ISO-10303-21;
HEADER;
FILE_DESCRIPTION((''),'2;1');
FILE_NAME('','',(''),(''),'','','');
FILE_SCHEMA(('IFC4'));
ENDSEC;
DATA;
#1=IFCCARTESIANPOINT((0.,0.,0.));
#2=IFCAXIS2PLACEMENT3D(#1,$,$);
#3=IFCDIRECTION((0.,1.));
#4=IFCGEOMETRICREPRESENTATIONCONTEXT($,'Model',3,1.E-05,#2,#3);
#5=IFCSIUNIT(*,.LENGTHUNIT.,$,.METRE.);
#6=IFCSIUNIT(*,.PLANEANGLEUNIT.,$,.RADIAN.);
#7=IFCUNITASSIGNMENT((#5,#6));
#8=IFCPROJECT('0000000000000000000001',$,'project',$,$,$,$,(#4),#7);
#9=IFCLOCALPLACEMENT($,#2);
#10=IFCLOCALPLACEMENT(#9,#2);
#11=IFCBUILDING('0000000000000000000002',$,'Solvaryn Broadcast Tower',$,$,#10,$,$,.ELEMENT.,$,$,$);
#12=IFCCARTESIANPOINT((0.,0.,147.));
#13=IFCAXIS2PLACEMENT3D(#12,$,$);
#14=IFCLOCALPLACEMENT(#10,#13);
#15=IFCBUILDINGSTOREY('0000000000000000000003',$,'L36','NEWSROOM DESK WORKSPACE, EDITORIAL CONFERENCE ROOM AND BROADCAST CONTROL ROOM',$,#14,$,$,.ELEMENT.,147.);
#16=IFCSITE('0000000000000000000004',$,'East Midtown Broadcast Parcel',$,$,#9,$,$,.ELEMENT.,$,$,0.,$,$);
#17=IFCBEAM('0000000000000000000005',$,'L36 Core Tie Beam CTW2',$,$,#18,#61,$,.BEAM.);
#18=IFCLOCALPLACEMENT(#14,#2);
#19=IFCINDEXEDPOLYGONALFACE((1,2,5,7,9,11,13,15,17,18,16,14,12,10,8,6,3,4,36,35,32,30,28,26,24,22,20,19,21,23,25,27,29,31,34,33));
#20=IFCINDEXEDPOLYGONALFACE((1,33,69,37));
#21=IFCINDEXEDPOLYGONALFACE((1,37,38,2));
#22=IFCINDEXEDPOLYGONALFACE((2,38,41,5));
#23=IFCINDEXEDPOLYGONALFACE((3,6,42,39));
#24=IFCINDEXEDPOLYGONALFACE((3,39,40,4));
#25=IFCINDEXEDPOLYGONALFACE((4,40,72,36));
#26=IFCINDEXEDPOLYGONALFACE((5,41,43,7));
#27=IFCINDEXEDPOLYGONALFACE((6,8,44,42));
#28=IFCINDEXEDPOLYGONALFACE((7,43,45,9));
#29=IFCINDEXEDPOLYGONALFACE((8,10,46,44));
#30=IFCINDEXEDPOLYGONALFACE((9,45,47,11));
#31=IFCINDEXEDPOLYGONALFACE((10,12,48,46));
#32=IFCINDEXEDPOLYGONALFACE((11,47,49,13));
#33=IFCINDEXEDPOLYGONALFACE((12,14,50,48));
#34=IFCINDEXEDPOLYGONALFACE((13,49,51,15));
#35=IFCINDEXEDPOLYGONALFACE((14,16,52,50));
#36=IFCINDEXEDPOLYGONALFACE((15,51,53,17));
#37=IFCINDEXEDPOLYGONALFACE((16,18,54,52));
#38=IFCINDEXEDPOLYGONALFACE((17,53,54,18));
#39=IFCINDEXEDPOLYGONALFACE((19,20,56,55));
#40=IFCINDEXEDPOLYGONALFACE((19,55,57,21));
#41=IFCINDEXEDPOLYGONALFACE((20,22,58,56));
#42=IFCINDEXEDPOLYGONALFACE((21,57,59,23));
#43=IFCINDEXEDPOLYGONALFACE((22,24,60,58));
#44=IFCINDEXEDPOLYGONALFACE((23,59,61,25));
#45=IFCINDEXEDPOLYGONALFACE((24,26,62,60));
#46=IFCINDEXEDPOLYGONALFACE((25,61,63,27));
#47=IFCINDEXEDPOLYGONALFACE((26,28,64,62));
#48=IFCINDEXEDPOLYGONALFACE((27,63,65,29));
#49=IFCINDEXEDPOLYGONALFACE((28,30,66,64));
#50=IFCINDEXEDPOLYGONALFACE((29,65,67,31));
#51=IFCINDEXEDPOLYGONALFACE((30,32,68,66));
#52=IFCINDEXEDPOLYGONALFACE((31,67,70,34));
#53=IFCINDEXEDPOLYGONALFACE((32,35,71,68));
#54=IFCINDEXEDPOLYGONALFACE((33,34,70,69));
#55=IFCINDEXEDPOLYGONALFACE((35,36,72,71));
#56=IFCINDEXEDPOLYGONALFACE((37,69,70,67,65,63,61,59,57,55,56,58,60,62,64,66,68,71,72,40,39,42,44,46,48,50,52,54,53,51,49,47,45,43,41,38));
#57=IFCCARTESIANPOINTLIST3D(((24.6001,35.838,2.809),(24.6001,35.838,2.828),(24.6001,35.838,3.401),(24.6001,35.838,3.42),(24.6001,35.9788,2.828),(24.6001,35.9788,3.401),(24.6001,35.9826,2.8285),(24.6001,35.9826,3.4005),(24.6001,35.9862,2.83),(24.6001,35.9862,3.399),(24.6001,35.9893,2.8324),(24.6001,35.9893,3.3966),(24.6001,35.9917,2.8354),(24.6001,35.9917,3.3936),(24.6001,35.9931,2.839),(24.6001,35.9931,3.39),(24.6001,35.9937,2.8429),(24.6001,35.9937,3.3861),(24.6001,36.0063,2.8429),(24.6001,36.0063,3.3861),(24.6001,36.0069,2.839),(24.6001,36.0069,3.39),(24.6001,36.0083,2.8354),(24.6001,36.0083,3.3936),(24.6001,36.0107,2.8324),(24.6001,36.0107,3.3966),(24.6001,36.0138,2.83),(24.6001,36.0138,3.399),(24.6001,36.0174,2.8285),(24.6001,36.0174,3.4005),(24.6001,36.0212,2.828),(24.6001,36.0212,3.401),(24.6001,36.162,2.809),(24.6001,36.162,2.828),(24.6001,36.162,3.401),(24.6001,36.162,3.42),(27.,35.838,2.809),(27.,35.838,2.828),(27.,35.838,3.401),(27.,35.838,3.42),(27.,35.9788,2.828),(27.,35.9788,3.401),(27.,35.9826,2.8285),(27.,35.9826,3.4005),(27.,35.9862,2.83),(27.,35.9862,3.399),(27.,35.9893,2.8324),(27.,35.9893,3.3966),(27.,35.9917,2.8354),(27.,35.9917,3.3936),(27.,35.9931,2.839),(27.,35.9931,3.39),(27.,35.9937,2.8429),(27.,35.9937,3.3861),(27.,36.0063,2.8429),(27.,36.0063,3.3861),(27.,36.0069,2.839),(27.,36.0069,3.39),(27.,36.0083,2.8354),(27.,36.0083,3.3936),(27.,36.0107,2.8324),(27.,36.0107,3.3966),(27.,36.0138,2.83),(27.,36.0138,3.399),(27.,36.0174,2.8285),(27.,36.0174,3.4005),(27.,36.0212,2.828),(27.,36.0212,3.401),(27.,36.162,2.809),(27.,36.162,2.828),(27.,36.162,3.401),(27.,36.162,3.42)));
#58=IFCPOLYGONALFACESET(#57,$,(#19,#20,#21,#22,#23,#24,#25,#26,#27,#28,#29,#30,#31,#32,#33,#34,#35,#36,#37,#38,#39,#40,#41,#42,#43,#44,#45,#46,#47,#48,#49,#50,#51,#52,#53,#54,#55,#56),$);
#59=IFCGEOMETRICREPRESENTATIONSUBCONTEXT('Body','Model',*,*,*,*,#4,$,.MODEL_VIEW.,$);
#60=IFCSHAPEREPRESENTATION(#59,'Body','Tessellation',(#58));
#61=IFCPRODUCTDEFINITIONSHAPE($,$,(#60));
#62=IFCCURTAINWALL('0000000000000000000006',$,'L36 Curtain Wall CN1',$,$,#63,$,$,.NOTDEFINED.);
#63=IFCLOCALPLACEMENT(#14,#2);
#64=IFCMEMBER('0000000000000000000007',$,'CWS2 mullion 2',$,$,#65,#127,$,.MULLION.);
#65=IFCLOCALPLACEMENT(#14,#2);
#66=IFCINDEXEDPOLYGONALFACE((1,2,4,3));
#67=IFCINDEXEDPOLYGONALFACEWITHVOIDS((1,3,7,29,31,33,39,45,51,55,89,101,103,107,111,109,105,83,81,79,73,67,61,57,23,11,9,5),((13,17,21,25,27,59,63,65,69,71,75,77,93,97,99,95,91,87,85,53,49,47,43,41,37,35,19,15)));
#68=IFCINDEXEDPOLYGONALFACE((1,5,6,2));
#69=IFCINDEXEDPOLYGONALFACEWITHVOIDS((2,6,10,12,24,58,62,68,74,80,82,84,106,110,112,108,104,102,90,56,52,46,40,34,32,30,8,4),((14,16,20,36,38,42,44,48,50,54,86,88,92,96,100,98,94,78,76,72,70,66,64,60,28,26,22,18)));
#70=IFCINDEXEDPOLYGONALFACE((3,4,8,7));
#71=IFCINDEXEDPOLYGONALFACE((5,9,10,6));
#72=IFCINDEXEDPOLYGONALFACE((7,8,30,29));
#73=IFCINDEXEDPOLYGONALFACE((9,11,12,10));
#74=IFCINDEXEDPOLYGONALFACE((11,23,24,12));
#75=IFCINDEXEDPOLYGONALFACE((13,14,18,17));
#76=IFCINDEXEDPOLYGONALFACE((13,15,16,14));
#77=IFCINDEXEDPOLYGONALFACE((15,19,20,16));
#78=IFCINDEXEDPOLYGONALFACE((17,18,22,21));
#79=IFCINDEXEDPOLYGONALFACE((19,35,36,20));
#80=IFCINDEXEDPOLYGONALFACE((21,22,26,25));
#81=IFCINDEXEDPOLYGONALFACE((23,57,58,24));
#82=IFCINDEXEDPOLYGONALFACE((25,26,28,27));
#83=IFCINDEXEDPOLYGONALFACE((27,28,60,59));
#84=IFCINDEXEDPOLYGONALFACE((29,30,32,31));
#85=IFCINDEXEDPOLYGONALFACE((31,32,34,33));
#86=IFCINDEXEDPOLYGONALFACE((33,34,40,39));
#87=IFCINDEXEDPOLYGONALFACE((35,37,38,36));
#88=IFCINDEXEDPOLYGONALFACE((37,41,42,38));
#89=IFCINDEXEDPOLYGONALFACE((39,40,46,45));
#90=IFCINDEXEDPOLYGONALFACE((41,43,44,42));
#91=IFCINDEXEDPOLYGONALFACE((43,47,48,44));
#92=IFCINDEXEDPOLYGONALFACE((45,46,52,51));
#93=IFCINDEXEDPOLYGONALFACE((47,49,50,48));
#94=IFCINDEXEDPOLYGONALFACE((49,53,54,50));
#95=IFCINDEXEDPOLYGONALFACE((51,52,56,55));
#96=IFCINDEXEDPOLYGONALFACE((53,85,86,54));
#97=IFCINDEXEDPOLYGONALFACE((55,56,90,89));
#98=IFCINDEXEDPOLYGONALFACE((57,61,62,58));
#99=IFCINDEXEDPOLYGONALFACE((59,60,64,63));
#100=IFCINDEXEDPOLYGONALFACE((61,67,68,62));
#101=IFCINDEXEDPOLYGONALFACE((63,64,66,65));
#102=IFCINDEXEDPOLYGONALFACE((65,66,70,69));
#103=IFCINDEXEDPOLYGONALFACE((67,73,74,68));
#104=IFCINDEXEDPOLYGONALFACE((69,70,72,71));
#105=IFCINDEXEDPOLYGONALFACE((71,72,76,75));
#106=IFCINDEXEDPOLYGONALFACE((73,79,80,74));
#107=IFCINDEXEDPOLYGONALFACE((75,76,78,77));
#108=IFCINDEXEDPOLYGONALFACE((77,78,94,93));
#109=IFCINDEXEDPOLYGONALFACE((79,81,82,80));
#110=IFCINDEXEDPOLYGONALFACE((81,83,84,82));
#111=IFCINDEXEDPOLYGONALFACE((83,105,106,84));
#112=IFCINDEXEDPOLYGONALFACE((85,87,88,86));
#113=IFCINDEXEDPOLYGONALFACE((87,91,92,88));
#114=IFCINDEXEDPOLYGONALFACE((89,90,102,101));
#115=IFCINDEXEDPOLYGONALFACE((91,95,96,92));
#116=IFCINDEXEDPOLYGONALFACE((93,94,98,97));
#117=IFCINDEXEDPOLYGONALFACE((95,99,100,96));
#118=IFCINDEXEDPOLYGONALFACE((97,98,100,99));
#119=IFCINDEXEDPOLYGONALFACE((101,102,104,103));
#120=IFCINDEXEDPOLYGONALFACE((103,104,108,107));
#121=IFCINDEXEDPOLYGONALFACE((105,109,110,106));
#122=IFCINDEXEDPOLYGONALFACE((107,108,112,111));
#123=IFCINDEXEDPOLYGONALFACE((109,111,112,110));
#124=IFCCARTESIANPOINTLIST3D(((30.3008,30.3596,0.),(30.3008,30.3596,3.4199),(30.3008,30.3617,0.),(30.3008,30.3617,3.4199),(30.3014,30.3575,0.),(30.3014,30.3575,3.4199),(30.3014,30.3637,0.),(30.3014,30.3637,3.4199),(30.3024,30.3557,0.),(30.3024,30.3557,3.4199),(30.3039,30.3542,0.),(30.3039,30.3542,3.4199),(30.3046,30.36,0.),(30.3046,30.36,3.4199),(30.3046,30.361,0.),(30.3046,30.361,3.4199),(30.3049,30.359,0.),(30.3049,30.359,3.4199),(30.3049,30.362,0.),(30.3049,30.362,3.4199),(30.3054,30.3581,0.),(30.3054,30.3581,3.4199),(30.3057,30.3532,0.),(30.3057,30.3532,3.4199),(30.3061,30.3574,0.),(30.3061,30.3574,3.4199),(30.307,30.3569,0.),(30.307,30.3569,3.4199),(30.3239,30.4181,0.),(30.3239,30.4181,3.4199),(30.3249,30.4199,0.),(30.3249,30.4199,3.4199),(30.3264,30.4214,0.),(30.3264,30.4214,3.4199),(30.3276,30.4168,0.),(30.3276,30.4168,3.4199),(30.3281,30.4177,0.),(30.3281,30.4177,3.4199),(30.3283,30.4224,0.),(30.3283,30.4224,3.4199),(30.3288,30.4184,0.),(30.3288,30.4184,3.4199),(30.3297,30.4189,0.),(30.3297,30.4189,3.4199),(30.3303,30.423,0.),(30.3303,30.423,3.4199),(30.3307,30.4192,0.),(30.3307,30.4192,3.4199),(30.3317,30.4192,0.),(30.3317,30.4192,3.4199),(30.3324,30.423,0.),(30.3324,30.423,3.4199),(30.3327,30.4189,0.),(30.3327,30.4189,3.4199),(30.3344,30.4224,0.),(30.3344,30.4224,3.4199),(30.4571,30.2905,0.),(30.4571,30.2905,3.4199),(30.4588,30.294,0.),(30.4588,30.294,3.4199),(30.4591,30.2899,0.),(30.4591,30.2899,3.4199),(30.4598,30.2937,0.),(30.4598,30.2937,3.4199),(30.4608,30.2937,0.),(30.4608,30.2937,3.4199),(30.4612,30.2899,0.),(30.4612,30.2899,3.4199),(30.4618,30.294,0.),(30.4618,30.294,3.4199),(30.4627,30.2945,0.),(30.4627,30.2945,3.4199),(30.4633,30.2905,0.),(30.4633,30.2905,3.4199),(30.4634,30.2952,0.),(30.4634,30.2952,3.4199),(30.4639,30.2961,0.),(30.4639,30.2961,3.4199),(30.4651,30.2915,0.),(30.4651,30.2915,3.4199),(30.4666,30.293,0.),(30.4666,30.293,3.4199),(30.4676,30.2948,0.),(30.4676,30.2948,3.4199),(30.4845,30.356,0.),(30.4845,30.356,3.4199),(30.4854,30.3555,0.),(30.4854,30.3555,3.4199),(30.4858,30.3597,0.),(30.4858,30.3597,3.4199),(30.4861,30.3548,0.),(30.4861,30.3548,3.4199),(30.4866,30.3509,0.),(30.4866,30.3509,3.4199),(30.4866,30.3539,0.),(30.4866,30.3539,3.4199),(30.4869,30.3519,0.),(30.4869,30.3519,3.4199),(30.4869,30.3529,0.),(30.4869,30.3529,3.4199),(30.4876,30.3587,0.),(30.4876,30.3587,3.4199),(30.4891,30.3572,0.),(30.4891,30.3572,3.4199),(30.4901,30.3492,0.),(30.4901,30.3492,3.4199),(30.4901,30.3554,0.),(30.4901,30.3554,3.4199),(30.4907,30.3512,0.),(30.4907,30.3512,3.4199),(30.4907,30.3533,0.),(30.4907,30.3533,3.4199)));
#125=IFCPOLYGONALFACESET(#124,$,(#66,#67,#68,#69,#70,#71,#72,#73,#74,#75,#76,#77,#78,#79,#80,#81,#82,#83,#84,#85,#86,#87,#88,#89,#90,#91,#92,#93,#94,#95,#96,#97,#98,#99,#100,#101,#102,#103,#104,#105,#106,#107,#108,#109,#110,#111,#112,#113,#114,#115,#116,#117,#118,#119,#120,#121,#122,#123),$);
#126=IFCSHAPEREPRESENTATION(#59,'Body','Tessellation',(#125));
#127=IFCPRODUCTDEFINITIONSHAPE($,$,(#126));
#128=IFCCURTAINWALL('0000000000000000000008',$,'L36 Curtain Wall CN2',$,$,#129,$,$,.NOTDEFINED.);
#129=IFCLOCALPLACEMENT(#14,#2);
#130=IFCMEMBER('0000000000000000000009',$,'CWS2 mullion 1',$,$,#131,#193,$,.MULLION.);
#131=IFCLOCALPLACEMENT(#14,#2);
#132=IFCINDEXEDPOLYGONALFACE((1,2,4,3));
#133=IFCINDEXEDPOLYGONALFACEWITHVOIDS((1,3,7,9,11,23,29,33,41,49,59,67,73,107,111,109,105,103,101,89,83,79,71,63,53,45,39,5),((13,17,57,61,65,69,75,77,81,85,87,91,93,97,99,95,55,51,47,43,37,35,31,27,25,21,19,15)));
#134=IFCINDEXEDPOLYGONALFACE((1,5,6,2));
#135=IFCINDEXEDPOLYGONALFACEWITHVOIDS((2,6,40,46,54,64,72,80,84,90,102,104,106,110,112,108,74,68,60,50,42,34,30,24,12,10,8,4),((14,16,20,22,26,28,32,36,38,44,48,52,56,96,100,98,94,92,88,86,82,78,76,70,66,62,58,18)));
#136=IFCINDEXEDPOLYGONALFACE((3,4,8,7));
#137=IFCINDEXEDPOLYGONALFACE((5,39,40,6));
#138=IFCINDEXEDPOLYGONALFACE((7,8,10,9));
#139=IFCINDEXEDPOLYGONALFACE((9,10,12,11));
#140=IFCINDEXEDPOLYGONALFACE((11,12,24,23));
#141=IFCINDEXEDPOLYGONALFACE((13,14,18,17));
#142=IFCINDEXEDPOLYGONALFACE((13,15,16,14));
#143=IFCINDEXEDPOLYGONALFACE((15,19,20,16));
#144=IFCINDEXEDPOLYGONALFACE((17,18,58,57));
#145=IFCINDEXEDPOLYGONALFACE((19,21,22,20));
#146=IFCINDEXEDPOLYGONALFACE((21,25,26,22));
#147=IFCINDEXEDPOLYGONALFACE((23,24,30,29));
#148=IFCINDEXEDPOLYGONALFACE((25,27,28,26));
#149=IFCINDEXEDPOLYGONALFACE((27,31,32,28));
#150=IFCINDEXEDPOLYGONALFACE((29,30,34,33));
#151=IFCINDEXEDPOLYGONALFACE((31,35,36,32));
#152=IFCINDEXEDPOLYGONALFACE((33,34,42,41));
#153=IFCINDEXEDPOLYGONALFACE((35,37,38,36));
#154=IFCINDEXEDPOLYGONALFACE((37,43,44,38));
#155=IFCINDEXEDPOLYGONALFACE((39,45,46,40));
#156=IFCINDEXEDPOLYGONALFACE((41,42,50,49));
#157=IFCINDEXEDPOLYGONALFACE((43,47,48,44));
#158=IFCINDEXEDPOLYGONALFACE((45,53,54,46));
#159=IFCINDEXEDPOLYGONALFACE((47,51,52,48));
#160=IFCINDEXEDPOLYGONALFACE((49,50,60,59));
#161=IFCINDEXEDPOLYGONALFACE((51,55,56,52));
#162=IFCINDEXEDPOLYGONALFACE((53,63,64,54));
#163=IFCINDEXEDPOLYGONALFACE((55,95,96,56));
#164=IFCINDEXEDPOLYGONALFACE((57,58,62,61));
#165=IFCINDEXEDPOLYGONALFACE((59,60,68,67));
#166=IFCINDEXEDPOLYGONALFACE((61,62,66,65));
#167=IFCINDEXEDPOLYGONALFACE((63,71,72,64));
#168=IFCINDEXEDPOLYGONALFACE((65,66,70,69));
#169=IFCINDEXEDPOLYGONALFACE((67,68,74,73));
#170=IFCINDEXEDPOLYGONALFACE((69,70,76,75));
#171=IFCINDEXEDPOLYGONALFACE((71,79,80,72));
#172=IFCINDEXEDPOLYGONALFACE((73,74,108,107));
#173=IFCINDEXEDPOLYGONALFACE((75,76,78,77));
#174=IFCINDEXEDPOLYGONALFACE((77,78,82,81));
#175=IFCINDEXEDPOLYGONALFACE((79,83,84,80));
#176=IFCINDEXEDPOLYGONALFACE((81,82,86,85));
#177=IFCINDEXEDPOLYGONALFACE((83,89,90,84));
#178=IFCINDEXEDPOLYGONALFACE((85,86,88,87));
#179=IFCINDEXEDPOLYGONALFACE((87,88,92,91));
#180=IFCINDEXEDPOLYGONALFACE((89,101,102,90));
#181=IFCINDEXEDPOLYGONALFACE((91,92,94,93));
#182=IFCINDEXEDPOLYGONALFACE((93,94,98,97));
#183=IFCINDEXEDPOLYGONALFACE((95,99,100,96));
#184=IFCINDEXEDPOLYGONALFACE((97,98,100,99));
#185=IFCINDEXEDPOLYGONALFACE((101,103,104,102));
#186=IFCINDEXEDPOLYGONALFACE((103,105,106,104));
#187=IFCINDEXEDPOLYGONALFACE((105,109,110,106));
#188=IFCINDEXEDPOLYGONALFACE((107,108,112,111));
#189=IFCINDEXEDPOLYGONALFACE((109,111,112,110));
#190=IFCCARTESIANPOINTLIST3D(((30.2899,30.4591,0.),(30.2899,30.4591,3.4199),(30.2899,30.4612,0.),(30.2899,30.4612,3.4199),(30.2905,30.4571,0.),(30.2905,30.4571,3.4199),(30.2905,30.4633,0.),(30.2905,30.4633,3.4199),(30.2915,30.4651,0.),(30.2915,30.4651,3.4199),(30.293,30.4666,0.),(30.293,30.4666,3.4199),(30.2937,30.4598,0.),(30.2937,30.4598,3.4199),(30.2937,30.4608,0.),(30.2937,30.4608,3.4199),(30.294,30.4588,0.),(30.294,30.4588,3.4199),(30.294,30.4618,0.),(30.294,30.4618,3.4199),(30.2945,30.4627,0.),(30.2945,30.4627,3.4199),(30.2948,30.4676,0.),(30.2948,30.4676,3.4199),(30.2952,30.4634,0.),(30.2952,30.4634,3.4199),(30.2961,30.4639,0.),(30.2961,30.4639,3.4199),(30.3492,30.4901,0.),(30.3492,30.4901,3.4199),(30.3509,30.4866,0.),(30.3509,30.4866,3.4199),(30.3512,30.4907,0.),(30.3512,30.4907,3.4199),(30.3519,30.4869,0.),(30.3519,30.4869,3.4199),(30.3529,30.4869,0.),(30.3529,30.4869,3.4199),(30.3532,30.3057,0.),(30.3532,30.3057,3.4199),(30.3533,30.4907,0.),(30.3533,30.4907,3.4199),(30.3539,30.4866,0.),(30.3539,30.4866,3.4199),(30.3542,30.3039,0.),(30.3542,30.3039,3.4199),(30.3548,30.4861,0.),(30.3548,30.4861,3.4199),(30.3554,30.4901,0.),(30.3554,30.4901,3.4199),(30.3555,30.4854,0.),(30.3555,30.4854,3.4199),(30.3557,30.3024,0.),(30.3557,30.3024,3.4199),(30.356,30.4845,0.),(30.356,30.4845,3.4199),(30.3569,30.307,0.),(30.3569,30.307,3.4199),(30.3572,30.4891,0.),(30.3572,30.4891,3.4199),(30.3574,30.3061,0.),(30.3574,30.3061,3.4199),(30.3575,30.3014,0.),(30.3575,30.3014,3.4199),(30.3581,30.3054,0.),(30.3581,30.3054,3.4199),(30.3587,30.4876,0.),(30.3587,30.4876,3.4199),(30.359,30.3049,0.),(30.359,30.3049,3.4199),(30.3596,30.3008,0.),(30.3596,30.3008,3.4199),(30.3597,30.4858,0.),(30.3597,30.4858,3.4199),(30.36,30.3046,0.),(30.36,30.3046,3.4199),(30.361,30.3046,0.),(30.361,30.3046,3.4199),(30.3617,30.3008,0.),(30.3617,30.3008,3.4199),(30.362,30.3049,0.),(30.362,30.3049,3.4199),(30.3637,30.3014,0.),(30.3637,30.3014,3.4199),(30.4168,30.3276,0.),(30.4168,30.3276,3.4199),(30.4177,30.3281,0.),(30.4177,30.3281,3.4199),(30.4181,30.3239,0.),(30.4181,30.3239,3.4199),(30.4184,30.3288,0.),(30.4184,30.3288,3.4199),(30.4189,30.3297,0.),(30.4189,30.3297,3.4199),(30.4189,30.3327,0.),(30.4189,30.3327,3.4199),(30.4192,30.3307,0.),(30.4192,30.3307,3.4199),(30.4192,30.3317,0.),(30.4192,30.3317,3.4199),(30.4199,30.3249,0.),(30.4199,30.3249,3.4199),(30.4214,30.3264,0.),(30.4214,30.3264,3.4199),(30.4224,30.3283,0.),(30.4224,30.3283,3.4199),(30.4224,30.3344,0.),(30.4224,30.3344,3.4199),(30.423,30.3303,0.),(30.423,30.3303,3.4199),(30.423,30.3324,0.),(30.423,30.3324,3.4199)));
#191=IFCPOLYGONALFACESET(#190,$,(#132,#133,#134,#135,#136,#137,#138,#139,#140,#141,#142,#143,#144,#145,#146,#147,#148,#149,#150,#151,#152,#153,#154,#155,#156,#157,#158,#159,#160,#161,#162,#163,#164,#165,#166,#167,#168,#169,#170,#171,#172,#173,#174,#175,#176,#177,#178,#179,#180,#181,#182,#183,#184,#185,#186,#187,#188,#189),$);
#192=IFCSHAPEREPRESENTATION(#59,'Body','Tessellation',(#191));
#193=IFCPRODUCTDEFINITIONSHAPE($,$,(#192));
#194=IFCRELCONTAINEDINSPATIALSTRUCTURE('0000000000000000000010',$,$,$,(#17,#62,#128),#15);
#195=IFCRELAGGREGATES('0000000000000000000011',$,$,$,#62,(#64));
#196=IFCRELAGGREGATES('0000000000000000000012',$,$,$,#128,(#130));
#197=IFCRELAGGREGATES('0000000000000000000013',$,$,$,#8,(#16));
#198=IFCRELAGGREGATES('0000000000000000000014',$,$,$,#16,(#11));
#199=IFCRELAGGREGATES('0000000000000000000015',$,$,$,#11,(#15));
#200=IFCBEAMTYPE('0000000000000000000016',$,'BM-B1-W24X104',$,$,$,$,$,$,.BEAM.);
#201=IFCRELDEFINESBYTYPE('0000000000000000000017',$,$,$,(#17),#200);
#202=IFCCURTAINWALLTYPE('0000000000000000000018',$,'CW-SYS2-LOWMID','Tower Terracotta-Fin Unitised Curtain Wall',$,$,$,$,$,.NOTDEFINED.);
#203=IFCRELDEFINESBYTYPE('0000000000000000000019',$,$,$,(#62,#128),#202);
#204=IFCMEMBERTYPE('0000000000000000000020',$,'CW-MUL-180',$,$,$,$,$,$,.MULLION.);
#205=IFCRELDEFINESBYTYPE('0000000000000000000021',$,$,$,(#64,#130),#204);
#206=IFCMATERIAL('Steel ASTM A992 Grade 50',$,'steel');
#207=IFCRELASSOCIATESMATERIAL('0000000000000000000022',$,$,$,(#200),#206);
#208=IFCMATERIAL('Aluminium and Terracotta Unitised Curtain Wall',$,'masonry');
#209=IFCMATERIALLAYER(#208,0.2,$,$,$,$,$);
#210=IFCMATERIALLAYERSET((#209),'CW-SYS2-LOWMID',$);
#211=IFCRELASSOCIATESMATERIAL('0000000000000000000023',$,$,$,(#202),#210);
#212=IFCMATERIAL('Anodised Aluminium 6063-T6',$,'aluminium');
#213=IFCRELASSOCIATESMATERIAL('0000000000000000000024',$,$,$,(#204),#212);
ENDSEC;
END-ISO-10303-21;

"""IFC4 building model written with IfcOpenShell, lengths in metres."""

from ifc_helpers import new_model, si_unit, direction, frame, origin, origin_2d, place, context, subcontext, project, spatial, hollow_rectangle, i_section, extrude, material, layer, layer_set, material_profile, profile_set, type_object, element, aggregate, save


model = new_model("IFC4")

# Units and contexts
model_context = context("Model", 3, precision=1e-05, world=origin(), true_north=direction((0.0, 1.0)))
body_context = subcontext(model_context, "Body", "Model", "MODEL_VIEW")
ifc_project = project(units=[si_unit("LENGTHUNIT", "METRE"), si_unit("PLANEANGLEUNIT", "RADIAN")], contexts=[model_context])

# Site, building, storey
site_placement = place(None, origin())
site = spatial("IfcSite", under=ifc_project, at=site_placement, Name="East Midtown Broadcast Parcel", CompositionType="ELEMENT", RefElevation=0.0)
building_placement = place(site_placement, origin())
building = spatial("IfcBuilding", under=site, at=building_placement, Name="Solvaryn Broadcast Tower", CompositionType="ELEMENT")
storey_placement = place(building_placement, frame((0.0, 0.0, 147.0)))
storey = spatial("IfcBuildingStorey", under=building, at=storey_placement, Name="L36", Description="NEWSROOM DESK WORKSPACE, EDITORIAL CONFERENCE ROOM AND BROADCAST CONTROL ROOM", CompositionType="ELEMENT", Elevation=147.0)

# Beam
ifc_material_1 = material(Name="Steel ASTM A992 Grade 50", Category="steel")
ifc_material_profile_1 = material_profile(ifc_material_1, i_section(OverallWidth=0.324, OverallDepth=0.6111, WebThickness=0.0127, FlangeThickness=0.019, FilletRadius=0.0149, at=origin_2d()))
ifc_profile_set_1 = profile_set([ifc_material_profile_1], Name="Steel ASTM A992 Grade 50")
beam_type = type_object("IfcBeamType", Name="BM-B1-W24X104", PredefinedType="BEAM", material=ifc_profile_set_1)
beam_placement = place(storey_placement, frame((24.6001, 36.0, 3.1145), z_axis=(1.0, 0.0, 0.0), x_axis=(0.0, 1.0, 0.0)))
element("IfcBeam", 1, at=beam_placement, inside=storey, type_object=beam_type, Name="L36 Core Tie Beam CTW2", PredefinedType="BEAM", context=body_context, shape_type="SweptSolid", body=[
    extrude(i_section(OverallWidth=0.324, OverallDepth=0.6111, WebThickness=0.0127, FlangeThickness=0.019, FilletRadius=0.0149, at=origin_2d()), origin(), (0.0, 0.0, 1.0), 2.3999),
])

# Curtain wall, member
ifc_material_2 = material(Name="Aluminium and Terracotta Unitised Curtain Wall", Category="masonry")
ifc_layer_1 = layer(ifc_material_2, 0.2)
ifc_layer_set_1 = layer_set([ifc_layer_1], Name="CW-SYS2-LOWMID")
curtain_wall_type = type_object("IfcCurtainWallType", Name="CW-SYS2-LOWMID", Description="Tower Terracotta-Fin Unitised Curtain Wall", PredefinedType="NOTDEFINED", material=ifc_layer_set_1)
curtain_wall_1_placement = place(storey_placement, origin())
curtain_wall_1 = element("IfcCurtainWall", 2, at=curtain_wall_1_placement, inside=storey, type_object=curtain_wall_type, Name="L36 Curtain Wall CN1", PredefinedType="NOTDEFINED")
ifc_material_3 = material(Name="Anodised Aluminium 6063-T6", Category="aluminium")
ifc_material_profile_2 = material_profile(ifc_material_3, hollow_rectangle(XDim=0.075, YDim=0.1799, WallThickness=0.0039, InnerFilletRadius=0.0039, OuterFilletRadius=0.0081, at=origin_2d()))
ifc_profile_set_2 = profile_set([ifc_material_profile_2], Name="Anodised Aluminium 6063-T6")
member_type_1 = type_object("IfcMemberType", Name="CW-MUL-180", PredefinedType="MULLION", material=ifc_profile_set_2)
member_1_placement = place(storey_placement, frame((30.3958, 30.3564, 0.0), z_axis=(0.0, 0.0, 1.0), x_axis=(-0.382646, -0.923895, 0.0)))
member_1 = element("IfcMember", 3, at=member_1_placement, type_object=member_type_1, Name="CWS2 mullion 2", PredefinedType="MULLION", context=body_context, shape_type="SweptSolid", body=[
    extrude(hollow_rectangle(XDim=0.075, YDim=0.1799, WallThickness=0.0039, InnerFilletRadius=0.0039, OuterFilletRadius=0.0081, at=origin_2d()), origin(), (0.0, 0.0, 1.0), 3.4199),
])

# Curtain wall, member
curtain_wall_2_placement = place(storey_placement, origin())
curtain_wall_2 = element("IfcCurtainWall", 4, at=curtain_wall_2_placement, inside=storey, type_object=curtain_wall_type, Name="L36 Curtain Wall CN2", PredefinedType="NOTDEFINED")
member_2_placement = place(storey_placement, frame((30.3564, 30.3958, 0.0), z_axis=(0.0, 0.0, 1.0), x_axis=(-0.923895, -0.382646, 0.0)))
member_2 = element("IfcMember", 5, at=member_2_placement, type_object=member_type_1, Name="CWS2 mullion 1", PredefinedType="MULLION", context=body_context, shape_type="SweptSolid", body=[
    extrude(hollow_rectangle(XDim=0.075, YDim=0.1799, WallThickness=0.0039, InnerFilletRadius=0.0039, OuterFilletRadius=0.0081, at=origin_2d()), origin(), (0.0, 0.0, 1.0), 3.4199),
])

aggregate(curtain_wall_1, [member_1])
aggregate(curtain_wall_2, [member_2])

save(model, "model.ifc")
